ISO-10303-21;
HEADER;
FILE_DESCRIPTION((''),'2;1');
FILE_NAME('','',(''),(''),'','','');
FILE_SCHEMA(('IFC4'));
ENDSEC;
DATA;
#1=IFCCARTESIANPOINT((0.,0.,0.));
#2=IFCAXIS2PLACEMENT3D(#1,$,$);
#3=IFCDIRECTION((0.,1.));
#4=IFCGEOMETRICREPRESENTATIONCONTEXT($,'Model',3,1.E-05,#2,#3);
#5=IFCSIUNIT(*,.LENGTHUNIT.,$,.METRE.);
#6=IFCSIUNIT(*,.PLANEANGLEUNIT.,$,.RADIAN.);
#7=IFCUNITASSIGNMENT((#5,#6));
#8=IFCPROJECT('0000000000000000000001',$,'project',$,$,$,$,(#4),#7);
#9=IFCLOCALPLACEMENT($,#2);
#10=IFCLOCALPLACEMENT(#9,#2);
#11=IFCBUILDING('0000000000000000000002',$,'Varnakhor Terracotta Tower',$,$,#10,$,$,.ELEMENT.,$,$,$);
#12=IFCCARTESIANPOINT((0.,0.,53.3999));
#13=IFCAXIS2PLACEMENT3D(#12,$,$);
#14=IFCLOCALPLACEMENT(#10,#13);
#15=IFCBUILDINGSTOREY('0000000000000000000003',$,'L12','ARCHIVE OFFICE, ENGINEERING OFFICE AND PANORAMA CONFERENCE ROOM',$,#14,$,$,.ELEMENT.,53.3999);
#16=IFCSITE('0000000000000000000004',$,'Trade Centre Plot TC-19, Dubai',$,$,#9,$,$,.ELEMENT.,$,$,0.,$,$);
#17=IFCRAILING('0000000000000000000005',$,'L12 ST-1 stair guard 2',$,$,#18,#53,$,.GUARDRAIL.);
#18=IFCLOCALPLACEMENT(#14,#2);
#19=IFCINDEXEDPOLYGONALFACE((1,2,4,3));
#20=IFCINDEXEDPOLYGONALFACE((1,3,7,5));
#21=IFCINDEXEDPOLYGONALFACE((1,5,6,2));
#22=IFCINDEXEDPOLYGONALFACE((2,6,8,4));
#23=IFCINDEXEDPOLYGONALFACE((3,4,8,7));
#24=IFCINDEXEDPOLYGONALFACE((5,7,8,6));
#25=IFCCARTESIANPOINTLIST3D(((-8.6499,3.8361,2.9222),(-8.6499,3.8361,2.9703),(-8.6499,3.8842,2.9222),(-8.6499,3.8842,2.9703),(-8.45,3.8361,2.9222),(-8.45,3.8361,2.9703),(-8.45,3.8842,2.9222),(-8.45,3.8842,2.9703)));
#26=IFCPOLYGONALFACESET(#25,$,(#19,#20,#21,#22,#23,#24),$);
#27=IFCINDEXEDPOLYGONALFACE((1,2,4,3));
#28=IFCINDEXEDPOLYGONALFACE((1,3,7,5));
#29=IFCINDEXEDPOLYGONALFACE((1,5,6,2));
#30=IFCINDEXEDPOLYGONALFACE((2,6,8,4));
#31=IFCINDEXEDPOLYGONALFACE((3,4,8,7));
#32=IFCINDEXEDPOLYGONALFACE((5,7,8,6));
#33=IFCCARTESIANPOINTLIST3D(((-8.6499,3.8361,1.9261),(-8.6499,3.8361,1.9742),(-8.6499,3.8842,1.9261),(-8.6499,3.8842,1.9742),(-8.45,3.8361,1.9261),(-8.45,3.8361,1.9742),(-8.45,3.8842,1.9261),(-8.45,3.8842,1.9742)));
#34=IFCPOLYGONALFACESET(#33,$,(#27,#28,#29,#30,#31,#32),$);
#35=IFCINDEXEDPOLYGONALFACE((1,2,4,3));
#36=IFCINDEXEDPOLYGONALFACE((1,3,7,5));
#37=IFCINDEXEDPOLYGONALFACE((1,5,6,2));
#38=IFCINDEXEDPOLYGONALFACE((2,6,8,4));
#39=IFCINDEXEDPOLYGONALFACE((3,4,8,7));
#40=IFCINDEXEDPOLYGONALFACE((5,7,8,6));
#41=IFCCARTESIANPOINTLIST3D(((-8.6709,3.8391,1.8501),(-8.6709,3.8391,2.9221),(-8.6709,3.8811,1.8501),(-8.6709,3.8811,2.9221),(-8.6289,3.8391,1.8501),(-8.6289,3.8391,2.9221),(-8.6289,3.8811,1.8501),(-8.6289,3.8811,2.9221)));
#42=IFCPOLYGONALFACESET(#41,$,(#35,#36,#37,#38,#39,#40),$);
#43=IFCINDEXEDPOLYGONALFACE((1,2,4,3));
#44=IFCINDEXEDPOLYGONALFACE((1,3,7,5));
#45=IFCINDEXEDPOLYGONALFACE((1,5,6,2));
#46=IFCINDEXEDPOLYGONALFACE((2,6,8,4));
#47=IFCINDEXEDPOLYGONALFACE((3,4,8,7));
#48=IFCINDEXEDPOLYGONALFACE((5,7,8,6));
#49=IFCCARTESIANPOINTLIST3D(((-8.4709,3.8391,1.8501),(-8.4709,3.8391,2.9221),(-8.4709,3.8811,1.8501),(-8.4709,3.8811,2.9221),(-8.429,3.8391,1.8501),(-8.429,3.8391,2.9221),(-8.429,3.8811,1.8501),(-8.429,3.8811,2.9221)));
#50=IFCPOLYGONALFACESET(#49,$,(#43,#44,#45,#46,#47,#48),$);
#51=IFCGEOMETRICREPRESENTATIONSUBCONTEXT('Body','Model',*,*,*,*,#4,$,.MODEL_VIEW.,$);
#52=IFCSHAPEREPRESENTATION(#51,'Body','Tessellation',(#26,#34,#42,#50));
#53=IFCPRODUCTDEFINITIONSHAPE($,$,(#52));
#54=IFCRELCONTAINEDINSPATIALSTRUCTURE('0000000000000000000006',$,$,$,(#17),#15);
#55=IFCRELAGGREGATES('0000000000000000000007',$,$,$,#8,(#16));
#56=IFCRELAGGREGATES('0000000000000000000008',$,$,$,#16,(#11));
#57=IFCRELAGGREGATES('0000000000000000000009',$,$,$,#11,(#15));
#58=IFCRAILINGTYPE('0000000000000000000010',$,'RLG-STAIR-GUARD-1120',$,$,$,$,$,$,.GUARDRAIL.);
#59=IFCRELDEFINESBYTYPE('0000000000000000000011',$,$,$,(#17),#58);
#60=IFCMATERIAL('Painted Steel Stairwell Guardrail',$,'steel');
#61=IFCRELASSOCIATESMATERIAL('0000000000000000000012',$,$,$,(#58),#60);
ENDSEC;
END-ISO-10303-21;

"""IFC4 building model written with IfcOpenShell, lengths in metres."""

from ifc_helpers import new_model, si_unit, direction, frame, origin, origin_2d, place, context, subcontext, project, spatial, rectangle, extrude, material, type_object, element, save


model = new_model("IFC4")

# Units and contexts
model_context = context("Model", 3, precision=1e-05, world=origin(), true_north=direction((0.0, 1.0)))
body_context = subcontext(model_context, "Body", "Model", "MODEL_VIEW")
ifc_project = project(units=[si_unit("LENGTHUNIT", "METRE"), si_unit("PLANEANGLEUNIT", "RADIAN")], contexts=[model_context])

# Site, building, storey
site_placement = place(None, origin())
site = spatial("IfcSite", under=ifc_project, at=site_placement, Name="Trade Centre Plot TC-19, Dubai", CompositionType="ELEMENT", RefElevation=0.0)
building_placement = place(site_placement, origin())
building = spatial("IfcBuilding", under=site, at=building_placement, Name="Varnakhor Terracotta Tower", CompositionType="ELEMENT")
storey_placement = place(building_placement, frame((0.0, 0.0, 53.3999)))
storey = spatial("IfcBuildingStorey", under=building, at=storey_placement, Name="L12", Description="ARCHIVE OFFICE, ENGINEERING OFFICE AND PANORAMA CONFERENCE ROOM", CompositionType="ELEMENT", Elevation=53.3999)

# Railing
ifc_material_1 = material(Name="Painted Steel Stairwell Guardrail", Category="steel")
railing_type = type_object("IfcRailingType", Name="RLG-STAIR-GUARD-1120", PredefinedType="GUARDRAIL", material=ifc_material_1)
railing_placement = place(storey_placement, frame((-8.6499, 3.8601, 1.8501)))
element("IfcRailing", 1, at=railing_placement, inside=storey, type_object=railing_type, Name="L12 ST-1 stair guard 2", PredefinedType="GUARDRAIL", context=body_context, shape_type="SweptSolid", body=[
    extrude(rectangle(XDim=0.0481, YDim=0.0481, at=origin_2d()), frame((0.0, 0.0, 1.0962), z_axis=(1.0, 0.0, 0.0), x_axis=(0.0, 1.0, 0.0)), (0.0, 0.0, 1.0), 0.2),
    extrude(rectangle(XDim=0.0481, YDim=0.0481, at=origin_2d()), frame((0.0, 0.0, 0.1001), z_axis=(1.0, 0.0, 0.0), x_axis=(0.0, 1.0, 0.0)), (0.0, 0.0, 1.0), 0.2),
    extrude(rectangle(XDim=0.042, YDim=0.042, at=origin_2d()), origin(), (0.0, 0.0, 1.0), 1.072),
    extrude(rectangle(XDim=0.042, YDim=0.042, at=origin_2d()), frame((0.2, 0.0, 0.0)), (0.0, 0.0, 1.0), 1.072),
])

save(model, "model.ifc")
